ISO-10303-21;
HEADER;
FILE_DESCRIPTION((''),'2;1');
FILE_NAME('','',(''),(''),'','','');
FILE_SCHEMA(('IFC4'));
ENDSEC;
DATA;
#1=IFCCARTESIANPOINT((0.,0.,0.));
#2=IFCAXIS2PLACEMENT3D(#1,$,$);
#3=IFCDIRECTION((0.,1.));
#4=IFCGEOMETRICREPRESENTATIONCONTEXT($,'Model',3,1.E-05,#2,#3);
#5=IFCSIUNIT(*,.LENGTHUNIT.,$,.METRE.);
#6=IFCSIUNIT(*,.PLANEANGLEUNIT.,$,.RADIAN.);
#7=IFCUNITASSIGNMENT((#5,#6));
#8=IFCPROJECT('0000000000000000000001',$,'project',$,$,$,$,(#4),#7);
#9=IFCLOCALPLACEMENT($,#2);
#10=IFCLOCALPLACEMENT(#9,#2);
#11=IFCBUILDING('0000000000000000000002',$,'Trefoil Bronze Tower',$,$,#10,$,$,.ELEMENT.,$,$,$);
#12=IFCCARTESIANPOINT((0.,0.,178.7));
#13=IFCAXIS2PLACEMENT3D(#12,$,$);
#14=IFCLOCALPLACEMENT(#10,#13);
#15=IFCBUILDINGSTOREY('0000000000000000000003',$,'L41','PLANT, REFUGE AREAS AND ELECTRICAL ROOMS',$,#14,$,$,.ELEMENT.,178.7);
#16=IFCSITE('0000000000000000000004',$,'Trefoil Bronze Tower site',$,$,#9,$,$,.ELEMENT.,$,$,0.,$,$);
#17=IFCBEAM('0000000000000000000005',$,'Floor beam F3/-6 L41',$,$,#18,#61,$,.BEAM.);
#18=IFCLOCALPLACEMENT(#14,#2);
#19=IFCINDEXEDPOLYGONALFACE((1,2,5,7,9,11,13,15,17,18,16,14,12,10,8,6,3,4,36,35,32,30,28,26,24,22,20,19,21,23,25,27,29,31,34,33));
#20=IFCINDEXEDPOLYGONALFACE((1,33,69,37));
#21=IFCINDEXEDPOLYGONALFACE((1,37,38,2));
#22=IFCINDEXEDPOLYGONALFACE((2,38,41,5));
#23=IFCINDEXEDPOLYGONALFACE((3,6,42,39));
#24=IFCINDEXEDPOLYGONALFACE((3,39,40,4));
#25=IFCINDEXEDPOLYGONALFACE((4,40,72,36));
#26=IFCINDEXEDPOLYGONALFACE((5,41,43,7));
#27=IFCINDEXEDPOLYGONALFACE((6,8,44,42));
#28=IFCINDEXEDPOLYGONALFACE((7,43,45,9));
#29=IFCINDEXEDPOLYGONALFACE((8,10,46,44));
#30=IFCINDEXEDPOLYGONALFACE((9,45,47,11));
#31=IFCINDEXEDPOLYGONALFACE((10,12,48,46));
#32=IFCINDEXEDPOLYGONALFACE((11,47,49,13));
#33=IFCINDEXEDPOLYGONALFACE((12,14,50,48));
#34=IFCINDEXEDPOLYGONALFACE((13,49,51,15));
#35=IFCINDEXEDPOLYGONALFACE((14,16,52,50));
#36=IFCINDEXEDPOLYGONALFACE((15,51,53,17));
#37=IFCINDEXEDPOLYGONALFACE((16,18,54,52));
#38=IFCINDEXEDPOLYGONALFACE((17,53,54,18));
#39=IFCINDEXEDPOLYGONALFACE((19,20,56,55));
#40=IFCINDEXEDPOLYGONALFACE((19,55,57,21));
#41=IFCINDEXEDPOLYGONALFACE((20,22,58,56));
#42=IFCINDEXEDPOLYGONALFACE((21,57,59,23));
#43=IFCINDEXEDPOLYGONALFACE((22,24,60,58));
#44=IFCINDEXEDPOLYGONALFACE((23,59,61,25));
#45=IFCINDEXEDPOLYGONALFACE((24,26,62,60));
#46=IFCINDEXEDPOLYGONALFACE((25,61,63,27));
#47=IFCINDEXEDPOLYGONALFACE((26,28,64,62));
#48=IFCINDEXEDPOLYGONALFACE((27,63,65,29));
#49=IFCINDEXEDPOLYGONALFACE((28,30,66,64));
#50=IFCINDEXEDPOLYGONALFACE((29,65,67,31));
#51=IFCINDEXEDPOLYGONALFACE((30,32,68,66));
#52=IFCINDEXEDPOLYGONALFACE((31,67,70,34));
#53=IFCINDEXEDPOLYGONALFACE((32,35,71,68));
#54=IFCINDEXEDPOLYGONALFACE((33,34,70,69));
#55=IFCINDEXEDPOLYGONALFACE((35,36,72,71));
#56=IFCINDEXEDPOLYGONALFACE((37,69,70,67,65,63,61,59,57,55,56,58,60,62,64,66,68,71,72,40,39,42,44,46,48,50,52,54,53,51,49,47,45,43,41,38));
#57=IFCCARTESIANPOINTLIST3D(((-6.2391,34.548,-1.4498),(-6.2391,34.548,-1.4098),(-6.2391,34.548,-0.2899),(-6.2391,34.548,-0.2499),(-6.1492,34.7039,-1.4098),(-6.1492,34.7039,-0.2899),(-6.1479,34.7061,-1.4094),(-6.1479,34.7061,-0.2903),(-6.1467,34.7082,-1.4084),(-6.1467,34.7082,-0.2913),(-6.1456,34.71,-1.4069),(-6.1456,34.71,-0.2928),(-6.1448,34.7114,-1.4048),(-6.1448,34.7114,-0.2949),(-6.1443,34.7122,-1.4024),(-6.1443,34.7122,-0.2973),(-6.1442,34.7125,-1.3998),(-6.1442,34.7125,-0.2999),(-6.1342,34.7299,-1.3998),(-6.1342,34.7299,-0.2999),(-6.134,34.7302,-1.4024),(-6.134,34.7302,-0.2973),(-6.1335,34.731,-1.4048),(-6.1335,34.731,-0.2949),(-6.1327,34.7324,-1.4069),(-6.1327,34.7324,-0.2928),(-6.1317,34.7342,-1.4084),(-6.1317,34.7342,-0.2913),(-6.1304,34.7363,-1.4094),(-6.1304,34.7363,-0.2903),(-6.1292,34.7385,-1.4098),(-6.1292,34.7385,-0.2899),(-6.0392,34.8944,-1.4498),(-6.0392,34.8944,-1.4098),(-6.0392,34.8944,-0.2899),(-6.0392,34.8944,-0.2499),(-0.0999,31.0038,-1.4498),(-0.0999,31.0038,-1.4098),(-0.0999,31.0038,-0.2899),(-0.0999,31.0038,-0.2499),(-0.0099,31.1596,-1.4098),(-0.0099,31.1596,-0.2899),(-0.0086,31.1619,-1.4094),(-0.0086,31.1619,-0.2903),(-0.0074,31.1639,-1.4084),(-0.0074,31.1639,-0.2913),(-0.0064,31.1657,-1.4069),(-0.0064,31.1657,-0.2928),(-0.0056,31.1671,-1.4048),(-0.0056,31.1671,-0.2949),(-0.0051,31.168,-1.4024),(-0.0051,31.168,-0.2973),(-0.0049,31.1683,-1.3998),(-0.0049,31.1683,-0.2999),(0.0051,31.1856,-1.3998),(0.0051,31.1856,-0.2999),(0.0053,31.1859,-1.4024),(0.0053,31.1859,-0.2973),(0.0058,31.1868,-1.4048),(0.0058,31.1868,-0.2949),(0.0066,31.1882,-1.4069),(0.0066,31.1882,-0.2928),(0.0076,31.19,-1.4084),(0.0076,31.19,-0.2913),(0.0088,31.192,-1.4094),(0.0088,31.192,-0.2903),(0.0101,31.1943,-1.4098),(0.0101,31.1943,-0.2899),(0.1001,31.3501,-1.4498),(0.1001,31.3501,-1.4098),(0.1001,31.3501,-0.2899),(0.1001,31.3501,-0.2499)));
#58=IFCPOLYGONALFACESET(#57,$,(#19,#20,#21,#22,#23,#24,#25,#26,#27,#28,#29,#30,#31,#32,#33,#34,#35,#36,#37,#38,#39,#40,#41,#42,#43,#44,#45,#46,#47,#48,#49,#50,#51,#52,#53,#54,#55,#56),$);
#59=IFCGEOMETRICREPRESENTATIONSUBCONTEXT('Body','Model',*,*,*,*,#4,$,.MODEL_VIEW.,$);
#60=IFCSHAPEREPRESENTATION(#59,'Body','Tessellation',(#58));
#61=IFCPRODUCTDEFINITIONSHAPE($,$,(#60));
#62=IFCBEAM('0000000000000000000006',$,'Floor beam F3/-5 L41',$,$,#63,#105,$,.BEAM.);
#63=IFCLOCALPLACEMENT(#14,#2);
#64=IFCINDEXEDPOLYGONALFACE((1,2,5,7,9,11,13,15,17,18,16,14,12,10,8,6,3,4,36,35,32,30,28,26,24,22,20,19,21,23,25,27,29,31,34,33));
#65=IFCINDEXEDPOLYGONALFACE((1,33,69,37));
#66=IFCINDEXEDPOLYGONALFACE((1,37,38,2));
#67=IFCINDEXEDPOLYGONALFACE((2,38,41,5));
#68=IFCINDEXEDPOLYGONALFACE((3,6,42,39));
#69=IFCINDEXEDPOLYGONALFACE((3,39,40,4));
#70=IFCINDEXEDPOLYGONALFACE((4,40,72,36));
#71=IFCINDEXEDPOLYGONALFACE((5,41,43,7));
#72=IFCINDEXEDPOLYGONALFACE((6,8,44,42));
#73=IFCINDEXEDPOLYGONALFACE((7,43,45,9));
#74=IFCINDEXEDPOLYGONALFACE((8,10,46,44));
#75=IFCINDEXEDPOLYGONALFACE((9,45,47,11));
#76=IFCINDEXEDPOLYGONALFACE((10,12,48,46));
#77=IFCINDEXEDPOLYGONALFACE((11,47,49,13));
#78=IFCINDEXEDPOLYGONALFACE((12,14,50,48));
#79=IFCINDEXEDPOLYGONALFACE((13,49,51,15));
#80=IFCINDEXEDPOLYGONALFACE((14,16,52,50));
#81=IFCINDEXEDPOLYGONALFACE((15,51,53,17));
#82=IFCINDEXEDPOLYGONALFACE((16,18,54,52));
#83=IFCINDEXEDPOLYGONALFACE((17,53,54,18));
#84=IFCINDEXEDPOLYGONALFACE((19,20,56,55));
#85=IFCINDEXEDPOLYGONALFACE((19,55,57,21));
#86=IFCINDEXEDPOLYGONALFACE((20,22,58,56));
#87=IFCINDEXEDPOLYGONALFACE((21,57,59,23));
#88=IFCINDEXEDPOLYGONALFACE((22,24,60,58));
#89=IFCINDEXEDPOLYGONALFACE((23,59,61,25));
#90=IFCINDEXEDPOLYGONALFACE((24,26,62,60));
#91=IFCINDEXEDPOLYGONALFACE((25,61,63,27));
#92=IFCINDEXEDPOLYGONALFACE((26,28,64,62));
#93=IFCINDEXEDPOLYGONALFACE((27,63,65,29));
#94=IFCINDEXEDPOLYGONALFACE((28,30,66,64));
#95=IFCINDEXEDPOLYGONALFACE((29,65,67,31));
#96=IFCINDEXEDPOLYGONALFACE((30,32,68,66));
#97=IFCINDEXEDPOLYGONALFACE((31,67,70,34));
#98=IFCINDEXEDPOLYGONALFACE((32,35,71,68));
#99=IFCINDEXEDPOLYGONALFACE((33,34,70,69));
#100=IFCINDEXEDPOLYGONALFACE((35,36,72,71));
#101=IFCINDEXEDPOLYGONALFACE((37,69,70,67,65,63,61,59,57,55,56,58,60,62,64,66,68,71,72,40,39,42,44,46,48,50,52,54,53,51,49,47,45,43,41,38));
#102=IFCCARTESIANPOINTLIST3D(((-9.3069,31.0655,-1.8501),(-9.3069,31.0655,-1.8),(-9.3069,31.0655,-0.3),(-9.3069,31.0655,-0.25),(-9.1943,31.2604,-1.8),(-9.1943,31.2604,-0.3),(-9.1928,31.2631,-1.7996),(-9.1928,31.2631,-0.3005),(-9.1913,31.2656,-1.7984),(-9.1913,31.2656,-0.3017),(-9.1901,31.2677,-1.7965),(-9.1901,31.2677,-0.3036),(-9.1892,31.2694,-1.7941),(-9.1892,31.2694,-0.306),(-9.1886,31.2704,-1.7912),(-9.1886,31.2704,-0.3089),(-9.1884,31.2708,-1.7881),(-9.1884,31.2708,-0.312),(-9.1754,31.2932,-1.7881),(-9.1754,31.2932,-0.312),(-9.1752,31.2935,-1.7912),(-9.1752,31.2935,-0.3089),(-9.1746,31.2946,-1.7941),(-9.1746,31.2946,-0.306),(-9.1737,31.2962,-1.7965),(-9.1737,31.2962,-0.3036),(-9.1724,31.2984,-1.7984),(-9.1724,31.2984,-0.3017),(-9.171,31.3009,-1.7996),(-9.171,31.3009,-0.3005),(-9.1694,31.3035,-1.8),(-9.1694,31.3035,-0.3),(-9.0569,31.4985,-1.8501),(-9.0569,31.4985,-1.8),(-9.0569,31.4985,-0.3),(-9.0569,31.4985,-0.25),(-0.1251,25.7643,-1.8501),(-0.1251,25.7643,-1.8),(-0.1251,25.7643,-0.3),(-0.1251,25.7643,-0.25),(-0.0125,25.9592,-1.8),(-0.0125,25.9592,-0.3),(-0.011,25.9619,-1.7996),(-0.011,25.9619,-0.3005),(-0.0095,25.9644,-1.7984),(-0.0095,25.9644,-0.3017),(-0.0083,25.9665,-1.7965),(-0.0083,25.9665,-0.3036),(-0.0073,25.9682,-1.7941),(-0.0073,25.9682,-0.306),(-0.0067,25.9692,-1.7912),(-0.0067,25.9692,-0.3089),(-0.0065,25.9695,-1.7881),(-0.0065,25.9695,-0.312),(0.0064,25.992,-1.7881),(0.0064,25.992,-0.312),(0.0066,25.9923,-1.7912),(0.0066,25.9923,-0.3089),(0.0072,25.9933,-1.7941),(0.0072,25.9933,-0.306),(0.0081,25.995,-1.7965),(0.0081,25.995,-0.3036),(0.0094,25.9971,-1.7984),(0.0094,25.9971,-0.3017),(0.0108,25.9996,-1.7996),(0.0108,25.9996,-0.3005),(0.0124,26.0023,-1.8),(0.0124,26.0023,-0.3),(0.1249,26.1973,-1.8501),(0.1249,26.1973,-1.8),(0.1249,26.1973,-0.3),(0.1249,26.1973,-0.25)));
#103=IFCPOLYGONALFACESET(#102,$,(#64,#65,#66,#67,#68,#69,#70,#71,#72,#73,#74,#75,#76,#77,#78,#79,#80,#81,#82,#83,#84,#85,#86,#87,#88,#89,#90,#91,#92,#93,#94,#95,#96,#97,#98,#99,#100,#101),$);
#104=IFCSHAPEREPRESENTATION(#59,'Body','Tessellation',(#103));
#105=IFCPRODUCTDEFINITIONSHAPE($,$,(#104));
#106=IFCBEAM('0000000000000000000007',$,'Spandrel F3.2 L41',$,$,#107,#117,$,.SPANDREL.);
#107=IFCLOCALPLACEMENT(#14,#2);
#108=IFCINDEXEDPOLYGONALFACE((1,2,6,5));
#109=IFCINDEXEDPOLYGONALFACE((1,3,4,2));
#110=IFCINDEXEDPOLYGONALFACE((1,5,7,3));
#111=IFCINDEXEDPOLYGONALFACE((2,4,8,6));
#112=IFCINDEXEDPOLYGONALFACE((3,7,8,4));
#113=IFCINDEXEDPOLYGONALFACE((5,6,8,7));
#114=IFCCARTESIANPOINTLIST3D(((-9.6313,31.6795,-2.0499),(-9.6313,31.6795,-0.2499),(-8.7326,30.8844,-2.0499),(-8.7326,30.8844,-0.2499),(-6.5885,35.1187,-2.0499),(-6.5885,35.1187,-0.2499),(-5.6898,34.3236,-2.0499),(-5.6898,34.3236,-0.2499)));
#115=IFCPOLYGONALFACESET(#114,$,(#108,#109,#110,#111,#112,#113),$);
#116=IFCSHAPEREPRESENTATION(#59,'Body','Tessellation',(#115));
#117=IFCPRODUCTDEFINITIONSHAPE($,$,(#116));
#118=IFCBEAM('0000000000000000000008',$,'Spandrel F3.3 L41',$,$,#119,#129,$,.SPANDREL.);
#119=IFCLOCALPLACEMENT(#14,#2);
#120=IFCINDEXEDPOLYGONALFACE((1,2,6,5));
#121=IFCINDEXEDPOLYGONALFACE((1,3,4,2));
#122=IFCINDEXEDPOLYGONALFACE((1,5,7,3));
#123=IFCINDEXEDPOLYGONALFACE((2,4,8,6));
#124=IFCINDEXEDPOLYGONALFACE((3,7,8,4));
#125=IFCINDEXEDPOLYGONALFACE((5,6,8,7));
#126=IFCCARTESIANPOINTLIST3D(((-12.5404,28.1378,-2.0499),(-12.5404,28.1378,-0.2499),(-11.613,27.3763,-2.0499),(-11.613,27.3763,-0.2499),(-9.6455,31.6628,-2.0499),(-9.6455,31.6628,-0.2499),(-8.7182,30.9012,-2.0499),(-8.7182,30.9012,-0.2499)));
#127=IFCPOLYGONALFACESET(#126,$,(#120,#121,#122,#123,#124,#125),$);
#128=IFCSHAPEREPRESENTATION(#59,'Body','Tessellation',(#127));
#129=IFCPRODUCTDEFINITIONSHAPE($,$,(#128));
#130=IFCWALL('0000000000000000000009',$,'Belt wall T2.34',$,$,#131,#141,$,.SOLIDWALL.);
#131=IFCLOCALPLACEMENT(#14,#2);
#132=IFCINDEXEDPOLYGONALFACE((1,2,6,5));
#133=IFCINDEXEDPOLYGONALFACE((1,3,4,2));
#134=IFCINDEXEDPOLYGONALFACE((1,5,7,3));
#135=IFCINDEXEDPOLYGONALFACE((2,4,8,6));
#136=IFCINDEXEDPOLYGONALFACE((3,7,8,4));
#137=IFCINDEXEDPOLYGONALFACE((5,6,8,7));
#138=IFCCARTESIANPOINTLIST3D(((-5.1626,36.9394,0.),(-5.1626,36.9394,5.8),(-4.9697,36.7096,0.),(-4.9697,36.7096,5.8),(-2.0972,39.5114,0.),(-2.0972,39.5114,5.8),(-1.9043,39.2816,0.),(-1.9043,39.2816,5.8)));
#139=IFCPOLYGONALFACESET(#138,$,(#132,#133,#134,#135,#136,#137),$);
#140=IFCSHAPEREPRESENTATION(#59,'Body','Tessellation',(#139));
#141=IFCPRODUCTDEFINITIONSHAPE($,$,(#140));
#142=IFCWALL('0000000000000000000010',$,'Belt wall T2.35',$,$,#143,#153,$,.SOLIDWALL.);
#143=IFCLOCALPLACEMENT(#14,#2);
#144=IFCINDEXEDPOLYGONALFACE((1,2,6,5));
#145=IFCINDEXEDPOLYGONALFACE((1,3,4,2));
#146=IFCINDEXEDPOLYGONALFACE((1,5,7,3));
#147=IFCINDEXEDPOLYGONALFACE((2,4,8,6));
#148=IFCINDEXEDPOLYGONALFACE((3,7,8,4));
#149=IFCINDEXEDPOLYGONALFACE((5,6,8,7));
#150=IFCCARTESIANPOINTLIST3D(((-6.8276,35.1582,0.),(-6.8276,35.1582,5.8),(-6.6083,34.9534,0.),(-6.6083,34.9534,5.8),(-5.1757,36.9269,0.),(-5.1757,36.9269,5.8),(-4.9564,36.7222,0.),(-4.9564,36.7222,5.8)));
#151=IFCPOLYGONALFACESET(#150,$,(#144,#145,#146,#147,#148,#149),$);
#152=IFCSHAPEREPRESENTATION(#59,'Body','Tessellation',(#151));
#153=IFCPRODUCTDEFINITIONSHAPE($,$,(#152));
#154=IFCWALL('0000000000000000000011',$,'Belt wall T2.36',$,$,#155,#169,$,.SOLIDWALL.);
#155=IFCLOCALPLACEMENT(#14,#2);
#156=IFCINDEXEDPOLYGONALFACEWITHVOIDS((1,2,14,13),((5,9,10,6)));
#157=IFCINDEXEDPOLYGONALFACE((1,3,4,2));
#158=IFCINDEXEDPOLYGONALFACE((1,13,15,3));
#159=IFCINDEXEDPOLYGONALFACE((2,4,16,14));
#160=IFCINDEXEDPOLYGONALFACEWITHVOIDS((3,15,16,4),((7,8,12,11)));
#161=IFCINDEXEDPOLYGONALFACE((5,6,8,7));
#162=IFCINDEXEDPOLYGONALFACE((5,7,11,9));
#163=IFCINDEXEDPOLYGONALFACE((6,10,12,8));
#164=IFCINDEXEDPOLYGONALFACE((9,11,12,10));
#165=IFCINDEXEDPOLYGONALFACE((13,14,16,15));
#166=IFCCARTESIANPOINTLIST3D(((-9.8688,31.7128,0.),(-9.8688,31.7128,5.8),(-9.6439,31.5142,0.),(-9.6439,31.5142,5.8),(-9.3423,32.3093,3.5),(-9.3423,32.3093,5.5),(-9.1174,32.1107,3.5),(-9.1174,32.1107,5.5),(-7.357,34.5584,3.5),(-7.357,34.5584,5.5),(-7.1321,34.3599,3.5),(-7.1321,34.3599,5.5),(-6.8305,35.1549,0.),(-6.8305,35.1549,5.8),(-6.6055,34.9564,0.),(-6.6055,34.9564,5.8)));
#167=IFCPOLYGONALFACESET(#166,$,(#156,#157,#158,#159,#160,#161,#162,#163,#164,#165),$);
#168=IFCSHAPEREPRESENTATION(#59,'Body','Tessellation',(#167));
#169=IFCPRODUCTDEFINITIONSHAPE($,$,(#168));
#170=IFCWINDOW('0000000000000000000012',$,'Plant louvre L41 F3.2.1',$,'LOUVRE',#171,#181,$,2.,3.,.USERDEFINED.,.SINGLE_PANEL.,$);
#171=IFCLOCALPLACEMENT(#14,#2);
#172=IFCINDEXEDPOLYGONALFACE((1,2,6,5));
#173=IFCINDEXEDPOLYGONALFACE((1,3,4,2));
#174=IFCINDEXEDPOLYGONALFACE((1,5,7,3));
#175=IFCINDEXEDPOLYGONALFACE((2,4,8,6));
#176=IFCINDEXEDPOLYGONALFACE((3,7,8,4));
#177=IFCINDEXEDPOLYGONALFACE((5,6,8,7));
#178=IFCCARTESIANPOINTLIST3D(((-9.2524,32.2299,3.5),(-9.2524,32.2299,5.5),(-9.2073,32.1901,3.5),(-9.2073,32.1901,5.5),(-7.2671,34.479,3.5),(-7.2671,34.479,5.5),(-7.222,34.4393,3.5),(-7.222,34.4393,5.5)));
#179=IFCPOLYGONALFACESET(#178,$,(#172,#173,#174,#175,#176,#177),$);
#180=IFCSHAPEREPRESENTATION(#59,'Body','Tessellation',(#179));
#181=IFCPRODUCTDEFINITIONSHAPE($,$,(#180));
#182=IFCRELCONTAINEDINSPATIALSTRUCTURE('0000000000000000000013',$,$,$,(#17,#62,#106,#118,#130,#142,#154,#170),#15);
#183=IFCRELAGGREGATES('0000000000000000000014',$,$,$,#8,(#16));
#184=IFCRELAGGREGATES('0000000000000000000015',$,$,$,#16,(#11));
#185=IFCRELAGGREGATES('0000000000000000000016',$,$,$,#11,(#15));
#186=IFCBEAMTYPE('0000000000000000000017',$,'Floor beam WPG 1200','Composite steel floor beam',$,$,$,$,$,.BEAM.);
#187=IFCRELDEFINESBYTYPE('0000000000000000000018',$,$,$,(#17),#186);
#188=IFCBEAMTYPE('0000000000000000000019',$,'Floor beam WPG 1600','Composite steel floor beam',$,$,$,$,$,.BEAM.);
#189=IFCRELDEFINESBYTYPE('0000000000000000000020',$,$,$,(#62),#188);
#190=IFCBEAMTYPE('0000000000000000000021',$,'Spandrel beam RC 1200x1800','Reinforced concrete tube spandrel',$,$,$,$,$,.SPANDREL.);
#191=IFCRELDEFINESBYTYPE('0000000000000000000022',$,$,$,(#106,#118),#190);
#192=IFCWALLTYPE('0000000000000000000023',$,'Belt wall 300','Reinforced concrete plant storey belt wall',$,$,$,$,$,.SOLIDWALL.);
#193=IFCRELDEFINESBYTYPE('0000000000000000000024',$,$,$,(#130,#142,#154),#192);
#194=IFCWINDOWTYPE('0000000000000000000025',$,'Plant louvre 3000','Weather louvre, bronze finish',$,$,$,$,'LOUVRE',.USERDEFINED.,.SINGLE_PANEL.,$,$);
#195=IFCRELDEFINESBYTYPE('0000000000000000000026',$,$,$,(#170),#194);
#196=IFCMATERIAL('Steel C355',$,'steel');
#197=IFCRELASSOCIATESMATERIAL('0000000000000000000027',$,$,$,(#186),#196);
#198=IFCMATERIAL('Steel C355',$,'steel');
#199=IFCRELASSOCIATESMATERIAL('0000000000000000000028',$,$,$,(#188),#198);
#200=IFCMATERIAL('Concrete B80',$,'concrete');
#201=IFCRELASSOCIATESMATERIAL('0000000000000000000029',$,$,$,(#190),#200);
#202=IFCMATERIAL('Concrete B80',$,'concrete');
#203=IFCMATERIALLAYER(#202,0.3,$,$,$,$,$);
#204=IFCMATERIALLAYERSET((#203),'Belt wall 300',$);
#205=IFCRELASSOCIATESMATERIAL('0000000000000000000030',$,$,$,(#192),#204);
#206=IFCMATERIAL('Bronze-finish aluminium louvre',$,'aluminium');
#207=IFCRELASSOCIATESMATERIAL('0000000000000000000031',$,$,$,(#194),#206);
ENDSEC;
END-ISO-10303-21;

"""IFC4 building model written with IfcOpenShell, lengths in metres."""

from ifc_helpers import new_model, si_unit, direction, frame, frame_2d, origin, origin_2d, place, context, subcontext, project, spatial, rectangle, i_section, extrude, material, layer, layer_set, material_profile, profile_set, type_object, element, fill, save


model = new_model("IFC4")

# Units and contexts
model_context = context("Model", 3, precision=1e-05, world=origin(), true_north=direction((0.0, 1.0)))
body_context = subcontext(model_context, "Body", "Model", "MODEL_VIEW")
ifc_project = project(units=[si_unit("LENGTHUNIT", "METRE"), si_unit("PLANEANGLEUNIT", "RADIAN")], contexts=[model_context])

# Site, building, storey
site_placement = place(None, origin())
site = spatial("IfcSite", under=ifc_project, at=site_placement, Name="Trefoil Bronze Tower site", CompositionType="ELEMENT", RefElevation=0.0)
building_placement = place(site_placement, origin())
building = spatial("IfcBuilding", under=site, at=building_placement, Name="Trefoil Bronze Tower", CompositionType="ELEMENT")
storey_placement = place(building_placement, frame((0.0, 0.0, 178.7)))
storey = spatial("IfcBuildingStorey", under=building, at=storey_placement, Name="L41", Description="PLANT, REFUGE AREAS AND ELECTRICAL ROOMS", CompositionType="ELEMENT", Elevation=178.7)

# Beams
ifc_material_1 = material(Name="Steel C355", Category="steel")
ifc_material_profile_1 = material_profile(ifc_material_1, i_section(OverallWidth=0.3999, OverallDepth=1.2, WebThickness=0.02, FlangeThickness=0.04, FilletRadius=0.01, at=origin_2d()), Name="WPG 1200")
ifc_profile_set_1 = profile_set([ifc_material_profile_1], Name="Steel C355")
beam_type_1 = type_object("IfcBeamType", Name="Floor beam WPG 1200", Description="Composite steel floor beam", PredefinedType="BEAM", material=ifc_profile_set_1)
beam_1_placement = place(storey_placement, frame((-6.1392, 34.7212, -0.8499), z_axis=(0.866041, -0.499973, 0.0), x_axis=(0.499973, 0.866041, 0.0)))
element("IfcBeam", 1, at=beam_1_placement, inside=storey, type_object=beam_type_1, Name="Floor beam F3/-6 L41", PredefinedType="BEAM", context=body_context, shape_type="SweptSolid", body=[
    extrude(i_section(OverallWidth=0.3999, OverallDepth=1.2, WebThickness=0.02, FlangeThickness=0.04, FilletRadius=0.01, at=origin_2d()), origin(), (0.0, 0.0, 1.0), 7.0889),
])
ifc_material_2 = material(Name="Steel C355", Category="steel")
ifc_material_profile_2 = material_profile(ifc_material_2, i_section(OverallWidth=0.5, OverallDepth=1.6001, WebThickness=0.0259, FlangeThickness=0.05, FilletRadius=0.012, at=origin_2d()), Name="WPG 1600")
ifc_profile_set_2 = profile_set([ifc_material_profile_2], Name="Steel C355")
beam_type_2 = type_object("IfcBeamType", Name="Floor beam WPG 1600", Description="Composite steel floor beam", PredefinedType="BEAM", material=ifc_profile_set_2)
beam_2_placement = place(storey_placement, frame((-9.1819, 31.282, -1.05), z_axis=(0.866021, -0.500007, 0.0), x_axis=(0.500007, 0.866021, 0.0)))
element("IfcBeam", 2, at=beam_2_placement, inside=storey, type_object=beam_type_2, Name="Floor beam F3/-5 L41", PredefinedType="BEAM", context=body_context, shape_type="SweptSolid", body=[
    extrude(i_section(OverallWidth=0.5, OverallDepth=1.6001, WebThickness=0.0259, FlangeThickness=0.05, FilletRadius=0.012, at=origin_2d()), origin(), (0.0, 0.0, 1.0), 10.6023),
])
ifc_material_3 = material(Name="Concrete B80", Category="concrete")
ifc_material_profile_3 = material_profile(ifc_material_3, rectangle(XDim=1.2, YDim=1.8, at=origin_2d()), Name="RC 1200x1800")
ifc_profile_set_3 = profile_set([ifc_material_profile_3], Name="Concrete B80")
beam_type_3 = type_object("IfcBeamType", Name="Spandrel beam RC 1200x1800", Description="Reinforced concrete tube spandrel", PredefinedType="SPANDREL", material=ifc_profile_set_3)
beam_3_placement = place(storey_placement, frame((-6.1392, 34.7212, -1.1499), z_axis=(-0.662616, -0.748959, 0.0), x_axis=(0.748959, -0.662616, 0.0)))
element("IfcBeam", 3, at=beam_3_placement, inside=storey, type_object=beam_type_3, Name="Spandrel F3.2 L41", PredefinedType="SPANDREL", context=body_context, shape_type="SweptSolid", body=[
    extrude(rectangle(XDim=1.2, YDim=1.8, at=origin_2d()), origin(), (0.0, 0.0, 1.0), 4.592),
])
beam_4_placement = place(storey_placement, frame((-9.1819, 31.282, -1.1499), z_axis=(-0.63465, -0.772799, 0.0), x_axis=(0.772799, -0.63465, 0.0)))
element("IfcBeam", 4, at=beam_4_placement, inside=storey, type_object=beam_type_3, Name="Spandrel F3.3 L41", PredefinedType="SPANDREL", context=body_context, shape_type="SweptSolid", body=[
    extrude(rectangle(XDim=1.2, YDim=1.8, at=origin_2d()), origin(), (0.0, 0.0, 1.0), 4.5613),
])

# Walls
ifc_material_4 = material(Name="Concrete B80", Category="concrete")
ifc_layer_1 = layer(ifc_material_4, 0.3)
ifc_layer_set_1 = layer_set([ifc_layer_1], Name="Belt wall 300")
wall_type = type_object("IfcWallType", Name="Belt wall 300", Description="Reinforced concrete plant storey belt wall", PredefinedType="SOLIDWALL", material=ifc_layer_set_1)
wall_1_placement = place(storey_placement, frame((-2.0007, 39.3965, 0.0), z_axis=(0.0, 0.0, 1.0), x_axis=(-0.766067, -0.642761, 0.0)))
element("IfcWall", 5, at=wall_1_placement, inside=storey, type_object=wall_type, Name="Belt wall T2.34", PredefinedType="SOLIDWALL", context=body_context, shape_type="SweptSolid", body=[
    extrude(rectangle(XDim=4.0015, YDim=0.3, at=frame_2d((2.0007, 0.0))), origin(), (0.0, 0.0, 1.0), 5.8),
])
wall_2_placement = place(storey_placement, frame((-5.0662, 36.8245, 0.0), z_axis=(0.0, 0.0, 1.0), x_axis=(-0.682534, -0.730854, 0.0)))
element("IfcWall", 6, at=wall_2_placement, inside=storey, type_object=wall_type, Name="Belt wall T2.35", PredefinedType="SOLIDWALL", context=body_context, shape_type="SweptSolid", body=[
    extrude(rectangle(XDim=2.4202, YDim=0.3, at=frame_2d((1.21, 0.0))), origin(), (0.0, 0.0, 1.0), 5.8),
])

# Wall, opening, window
wall_3_placement = place(storey_placement, frame((-6.718, 35.0557, 0.0), z_axis=(0.0, 0.0, 1.0), x_axis=(-0.661762, -0.749714, 0.0)))
wall_3 = element("IfcWall", 7, at=wall_3_placement, inside=storey, type_object=wall_type, Name="Belt wall T2.36", PredefinedType="SOLIDWALL", context=body_context, shape_type="SweptSolid", body=[
    extrude(rectangle(XDim=4.5913, YDim=0.3, at=frame_2d((2.2957, 0.0))), origin(), (0.0, 0.0, 1.0), 5.8),
])
opening_placement = place(wall_3_placement, frame((0.7957, 0.0, 3.5)))
opening = element("IfcOpeningElement", 8, at=opening_placement, cuts=wall_3, PredefinedType="OPENING", context=body_context, shape_type="SweptSolid", body=[
    extrude(rectangle(XDim=3.0, YDim=2.0, at=frame_2d((1.5, 1.0))), frame((0.0, 0.1599, 0.0), z_axis=(0.0, -1.0, 0.0), x_axis=(1.0, 0.0, 0.0)), (0.0, 0.0, 1.0), 0.3201),
])
ifc_material_5 = material(Name="Bronze-finish aluminium louvre", Category="aluminium")
window_type = type_object("IfcWindowType", Name="Plant louvre 3000", Description="Weather louvre, bronze finish", ElementType="LOUVRE", PartitioningType="SINGLE_PANEL", PredefinedType="USERDEFINED", material=ifc_material_5)
window_placement = place(opening_placement, origin())
window = element("IfcWindow", 9, at=window_placement, inside=storey, type_object=window_type, Name="Plant louvre L41 F3.2.1", ObjectType="LOUVRE", OverallHeight=2.0, OverallWidth=3.0, PartitioningType="SINGLE_PANEL", PredefinedType="USERDEFINED", context=body_context, shape_type="SweptSolid", body=[
    extrude(rectangle(XDim=3.0, YDim=2.0, at=frame_2d((1.5, 1.0))), frame((0.0, 0.03, 0.0), z_axis=(0.0, -1.0, 0.0), x_axis=(1.0, 0.0, 0.0)), (0.0, 0.0, 1.0), 0.0601),
])
fill(opening, window)

save(model, "model.ifc")
